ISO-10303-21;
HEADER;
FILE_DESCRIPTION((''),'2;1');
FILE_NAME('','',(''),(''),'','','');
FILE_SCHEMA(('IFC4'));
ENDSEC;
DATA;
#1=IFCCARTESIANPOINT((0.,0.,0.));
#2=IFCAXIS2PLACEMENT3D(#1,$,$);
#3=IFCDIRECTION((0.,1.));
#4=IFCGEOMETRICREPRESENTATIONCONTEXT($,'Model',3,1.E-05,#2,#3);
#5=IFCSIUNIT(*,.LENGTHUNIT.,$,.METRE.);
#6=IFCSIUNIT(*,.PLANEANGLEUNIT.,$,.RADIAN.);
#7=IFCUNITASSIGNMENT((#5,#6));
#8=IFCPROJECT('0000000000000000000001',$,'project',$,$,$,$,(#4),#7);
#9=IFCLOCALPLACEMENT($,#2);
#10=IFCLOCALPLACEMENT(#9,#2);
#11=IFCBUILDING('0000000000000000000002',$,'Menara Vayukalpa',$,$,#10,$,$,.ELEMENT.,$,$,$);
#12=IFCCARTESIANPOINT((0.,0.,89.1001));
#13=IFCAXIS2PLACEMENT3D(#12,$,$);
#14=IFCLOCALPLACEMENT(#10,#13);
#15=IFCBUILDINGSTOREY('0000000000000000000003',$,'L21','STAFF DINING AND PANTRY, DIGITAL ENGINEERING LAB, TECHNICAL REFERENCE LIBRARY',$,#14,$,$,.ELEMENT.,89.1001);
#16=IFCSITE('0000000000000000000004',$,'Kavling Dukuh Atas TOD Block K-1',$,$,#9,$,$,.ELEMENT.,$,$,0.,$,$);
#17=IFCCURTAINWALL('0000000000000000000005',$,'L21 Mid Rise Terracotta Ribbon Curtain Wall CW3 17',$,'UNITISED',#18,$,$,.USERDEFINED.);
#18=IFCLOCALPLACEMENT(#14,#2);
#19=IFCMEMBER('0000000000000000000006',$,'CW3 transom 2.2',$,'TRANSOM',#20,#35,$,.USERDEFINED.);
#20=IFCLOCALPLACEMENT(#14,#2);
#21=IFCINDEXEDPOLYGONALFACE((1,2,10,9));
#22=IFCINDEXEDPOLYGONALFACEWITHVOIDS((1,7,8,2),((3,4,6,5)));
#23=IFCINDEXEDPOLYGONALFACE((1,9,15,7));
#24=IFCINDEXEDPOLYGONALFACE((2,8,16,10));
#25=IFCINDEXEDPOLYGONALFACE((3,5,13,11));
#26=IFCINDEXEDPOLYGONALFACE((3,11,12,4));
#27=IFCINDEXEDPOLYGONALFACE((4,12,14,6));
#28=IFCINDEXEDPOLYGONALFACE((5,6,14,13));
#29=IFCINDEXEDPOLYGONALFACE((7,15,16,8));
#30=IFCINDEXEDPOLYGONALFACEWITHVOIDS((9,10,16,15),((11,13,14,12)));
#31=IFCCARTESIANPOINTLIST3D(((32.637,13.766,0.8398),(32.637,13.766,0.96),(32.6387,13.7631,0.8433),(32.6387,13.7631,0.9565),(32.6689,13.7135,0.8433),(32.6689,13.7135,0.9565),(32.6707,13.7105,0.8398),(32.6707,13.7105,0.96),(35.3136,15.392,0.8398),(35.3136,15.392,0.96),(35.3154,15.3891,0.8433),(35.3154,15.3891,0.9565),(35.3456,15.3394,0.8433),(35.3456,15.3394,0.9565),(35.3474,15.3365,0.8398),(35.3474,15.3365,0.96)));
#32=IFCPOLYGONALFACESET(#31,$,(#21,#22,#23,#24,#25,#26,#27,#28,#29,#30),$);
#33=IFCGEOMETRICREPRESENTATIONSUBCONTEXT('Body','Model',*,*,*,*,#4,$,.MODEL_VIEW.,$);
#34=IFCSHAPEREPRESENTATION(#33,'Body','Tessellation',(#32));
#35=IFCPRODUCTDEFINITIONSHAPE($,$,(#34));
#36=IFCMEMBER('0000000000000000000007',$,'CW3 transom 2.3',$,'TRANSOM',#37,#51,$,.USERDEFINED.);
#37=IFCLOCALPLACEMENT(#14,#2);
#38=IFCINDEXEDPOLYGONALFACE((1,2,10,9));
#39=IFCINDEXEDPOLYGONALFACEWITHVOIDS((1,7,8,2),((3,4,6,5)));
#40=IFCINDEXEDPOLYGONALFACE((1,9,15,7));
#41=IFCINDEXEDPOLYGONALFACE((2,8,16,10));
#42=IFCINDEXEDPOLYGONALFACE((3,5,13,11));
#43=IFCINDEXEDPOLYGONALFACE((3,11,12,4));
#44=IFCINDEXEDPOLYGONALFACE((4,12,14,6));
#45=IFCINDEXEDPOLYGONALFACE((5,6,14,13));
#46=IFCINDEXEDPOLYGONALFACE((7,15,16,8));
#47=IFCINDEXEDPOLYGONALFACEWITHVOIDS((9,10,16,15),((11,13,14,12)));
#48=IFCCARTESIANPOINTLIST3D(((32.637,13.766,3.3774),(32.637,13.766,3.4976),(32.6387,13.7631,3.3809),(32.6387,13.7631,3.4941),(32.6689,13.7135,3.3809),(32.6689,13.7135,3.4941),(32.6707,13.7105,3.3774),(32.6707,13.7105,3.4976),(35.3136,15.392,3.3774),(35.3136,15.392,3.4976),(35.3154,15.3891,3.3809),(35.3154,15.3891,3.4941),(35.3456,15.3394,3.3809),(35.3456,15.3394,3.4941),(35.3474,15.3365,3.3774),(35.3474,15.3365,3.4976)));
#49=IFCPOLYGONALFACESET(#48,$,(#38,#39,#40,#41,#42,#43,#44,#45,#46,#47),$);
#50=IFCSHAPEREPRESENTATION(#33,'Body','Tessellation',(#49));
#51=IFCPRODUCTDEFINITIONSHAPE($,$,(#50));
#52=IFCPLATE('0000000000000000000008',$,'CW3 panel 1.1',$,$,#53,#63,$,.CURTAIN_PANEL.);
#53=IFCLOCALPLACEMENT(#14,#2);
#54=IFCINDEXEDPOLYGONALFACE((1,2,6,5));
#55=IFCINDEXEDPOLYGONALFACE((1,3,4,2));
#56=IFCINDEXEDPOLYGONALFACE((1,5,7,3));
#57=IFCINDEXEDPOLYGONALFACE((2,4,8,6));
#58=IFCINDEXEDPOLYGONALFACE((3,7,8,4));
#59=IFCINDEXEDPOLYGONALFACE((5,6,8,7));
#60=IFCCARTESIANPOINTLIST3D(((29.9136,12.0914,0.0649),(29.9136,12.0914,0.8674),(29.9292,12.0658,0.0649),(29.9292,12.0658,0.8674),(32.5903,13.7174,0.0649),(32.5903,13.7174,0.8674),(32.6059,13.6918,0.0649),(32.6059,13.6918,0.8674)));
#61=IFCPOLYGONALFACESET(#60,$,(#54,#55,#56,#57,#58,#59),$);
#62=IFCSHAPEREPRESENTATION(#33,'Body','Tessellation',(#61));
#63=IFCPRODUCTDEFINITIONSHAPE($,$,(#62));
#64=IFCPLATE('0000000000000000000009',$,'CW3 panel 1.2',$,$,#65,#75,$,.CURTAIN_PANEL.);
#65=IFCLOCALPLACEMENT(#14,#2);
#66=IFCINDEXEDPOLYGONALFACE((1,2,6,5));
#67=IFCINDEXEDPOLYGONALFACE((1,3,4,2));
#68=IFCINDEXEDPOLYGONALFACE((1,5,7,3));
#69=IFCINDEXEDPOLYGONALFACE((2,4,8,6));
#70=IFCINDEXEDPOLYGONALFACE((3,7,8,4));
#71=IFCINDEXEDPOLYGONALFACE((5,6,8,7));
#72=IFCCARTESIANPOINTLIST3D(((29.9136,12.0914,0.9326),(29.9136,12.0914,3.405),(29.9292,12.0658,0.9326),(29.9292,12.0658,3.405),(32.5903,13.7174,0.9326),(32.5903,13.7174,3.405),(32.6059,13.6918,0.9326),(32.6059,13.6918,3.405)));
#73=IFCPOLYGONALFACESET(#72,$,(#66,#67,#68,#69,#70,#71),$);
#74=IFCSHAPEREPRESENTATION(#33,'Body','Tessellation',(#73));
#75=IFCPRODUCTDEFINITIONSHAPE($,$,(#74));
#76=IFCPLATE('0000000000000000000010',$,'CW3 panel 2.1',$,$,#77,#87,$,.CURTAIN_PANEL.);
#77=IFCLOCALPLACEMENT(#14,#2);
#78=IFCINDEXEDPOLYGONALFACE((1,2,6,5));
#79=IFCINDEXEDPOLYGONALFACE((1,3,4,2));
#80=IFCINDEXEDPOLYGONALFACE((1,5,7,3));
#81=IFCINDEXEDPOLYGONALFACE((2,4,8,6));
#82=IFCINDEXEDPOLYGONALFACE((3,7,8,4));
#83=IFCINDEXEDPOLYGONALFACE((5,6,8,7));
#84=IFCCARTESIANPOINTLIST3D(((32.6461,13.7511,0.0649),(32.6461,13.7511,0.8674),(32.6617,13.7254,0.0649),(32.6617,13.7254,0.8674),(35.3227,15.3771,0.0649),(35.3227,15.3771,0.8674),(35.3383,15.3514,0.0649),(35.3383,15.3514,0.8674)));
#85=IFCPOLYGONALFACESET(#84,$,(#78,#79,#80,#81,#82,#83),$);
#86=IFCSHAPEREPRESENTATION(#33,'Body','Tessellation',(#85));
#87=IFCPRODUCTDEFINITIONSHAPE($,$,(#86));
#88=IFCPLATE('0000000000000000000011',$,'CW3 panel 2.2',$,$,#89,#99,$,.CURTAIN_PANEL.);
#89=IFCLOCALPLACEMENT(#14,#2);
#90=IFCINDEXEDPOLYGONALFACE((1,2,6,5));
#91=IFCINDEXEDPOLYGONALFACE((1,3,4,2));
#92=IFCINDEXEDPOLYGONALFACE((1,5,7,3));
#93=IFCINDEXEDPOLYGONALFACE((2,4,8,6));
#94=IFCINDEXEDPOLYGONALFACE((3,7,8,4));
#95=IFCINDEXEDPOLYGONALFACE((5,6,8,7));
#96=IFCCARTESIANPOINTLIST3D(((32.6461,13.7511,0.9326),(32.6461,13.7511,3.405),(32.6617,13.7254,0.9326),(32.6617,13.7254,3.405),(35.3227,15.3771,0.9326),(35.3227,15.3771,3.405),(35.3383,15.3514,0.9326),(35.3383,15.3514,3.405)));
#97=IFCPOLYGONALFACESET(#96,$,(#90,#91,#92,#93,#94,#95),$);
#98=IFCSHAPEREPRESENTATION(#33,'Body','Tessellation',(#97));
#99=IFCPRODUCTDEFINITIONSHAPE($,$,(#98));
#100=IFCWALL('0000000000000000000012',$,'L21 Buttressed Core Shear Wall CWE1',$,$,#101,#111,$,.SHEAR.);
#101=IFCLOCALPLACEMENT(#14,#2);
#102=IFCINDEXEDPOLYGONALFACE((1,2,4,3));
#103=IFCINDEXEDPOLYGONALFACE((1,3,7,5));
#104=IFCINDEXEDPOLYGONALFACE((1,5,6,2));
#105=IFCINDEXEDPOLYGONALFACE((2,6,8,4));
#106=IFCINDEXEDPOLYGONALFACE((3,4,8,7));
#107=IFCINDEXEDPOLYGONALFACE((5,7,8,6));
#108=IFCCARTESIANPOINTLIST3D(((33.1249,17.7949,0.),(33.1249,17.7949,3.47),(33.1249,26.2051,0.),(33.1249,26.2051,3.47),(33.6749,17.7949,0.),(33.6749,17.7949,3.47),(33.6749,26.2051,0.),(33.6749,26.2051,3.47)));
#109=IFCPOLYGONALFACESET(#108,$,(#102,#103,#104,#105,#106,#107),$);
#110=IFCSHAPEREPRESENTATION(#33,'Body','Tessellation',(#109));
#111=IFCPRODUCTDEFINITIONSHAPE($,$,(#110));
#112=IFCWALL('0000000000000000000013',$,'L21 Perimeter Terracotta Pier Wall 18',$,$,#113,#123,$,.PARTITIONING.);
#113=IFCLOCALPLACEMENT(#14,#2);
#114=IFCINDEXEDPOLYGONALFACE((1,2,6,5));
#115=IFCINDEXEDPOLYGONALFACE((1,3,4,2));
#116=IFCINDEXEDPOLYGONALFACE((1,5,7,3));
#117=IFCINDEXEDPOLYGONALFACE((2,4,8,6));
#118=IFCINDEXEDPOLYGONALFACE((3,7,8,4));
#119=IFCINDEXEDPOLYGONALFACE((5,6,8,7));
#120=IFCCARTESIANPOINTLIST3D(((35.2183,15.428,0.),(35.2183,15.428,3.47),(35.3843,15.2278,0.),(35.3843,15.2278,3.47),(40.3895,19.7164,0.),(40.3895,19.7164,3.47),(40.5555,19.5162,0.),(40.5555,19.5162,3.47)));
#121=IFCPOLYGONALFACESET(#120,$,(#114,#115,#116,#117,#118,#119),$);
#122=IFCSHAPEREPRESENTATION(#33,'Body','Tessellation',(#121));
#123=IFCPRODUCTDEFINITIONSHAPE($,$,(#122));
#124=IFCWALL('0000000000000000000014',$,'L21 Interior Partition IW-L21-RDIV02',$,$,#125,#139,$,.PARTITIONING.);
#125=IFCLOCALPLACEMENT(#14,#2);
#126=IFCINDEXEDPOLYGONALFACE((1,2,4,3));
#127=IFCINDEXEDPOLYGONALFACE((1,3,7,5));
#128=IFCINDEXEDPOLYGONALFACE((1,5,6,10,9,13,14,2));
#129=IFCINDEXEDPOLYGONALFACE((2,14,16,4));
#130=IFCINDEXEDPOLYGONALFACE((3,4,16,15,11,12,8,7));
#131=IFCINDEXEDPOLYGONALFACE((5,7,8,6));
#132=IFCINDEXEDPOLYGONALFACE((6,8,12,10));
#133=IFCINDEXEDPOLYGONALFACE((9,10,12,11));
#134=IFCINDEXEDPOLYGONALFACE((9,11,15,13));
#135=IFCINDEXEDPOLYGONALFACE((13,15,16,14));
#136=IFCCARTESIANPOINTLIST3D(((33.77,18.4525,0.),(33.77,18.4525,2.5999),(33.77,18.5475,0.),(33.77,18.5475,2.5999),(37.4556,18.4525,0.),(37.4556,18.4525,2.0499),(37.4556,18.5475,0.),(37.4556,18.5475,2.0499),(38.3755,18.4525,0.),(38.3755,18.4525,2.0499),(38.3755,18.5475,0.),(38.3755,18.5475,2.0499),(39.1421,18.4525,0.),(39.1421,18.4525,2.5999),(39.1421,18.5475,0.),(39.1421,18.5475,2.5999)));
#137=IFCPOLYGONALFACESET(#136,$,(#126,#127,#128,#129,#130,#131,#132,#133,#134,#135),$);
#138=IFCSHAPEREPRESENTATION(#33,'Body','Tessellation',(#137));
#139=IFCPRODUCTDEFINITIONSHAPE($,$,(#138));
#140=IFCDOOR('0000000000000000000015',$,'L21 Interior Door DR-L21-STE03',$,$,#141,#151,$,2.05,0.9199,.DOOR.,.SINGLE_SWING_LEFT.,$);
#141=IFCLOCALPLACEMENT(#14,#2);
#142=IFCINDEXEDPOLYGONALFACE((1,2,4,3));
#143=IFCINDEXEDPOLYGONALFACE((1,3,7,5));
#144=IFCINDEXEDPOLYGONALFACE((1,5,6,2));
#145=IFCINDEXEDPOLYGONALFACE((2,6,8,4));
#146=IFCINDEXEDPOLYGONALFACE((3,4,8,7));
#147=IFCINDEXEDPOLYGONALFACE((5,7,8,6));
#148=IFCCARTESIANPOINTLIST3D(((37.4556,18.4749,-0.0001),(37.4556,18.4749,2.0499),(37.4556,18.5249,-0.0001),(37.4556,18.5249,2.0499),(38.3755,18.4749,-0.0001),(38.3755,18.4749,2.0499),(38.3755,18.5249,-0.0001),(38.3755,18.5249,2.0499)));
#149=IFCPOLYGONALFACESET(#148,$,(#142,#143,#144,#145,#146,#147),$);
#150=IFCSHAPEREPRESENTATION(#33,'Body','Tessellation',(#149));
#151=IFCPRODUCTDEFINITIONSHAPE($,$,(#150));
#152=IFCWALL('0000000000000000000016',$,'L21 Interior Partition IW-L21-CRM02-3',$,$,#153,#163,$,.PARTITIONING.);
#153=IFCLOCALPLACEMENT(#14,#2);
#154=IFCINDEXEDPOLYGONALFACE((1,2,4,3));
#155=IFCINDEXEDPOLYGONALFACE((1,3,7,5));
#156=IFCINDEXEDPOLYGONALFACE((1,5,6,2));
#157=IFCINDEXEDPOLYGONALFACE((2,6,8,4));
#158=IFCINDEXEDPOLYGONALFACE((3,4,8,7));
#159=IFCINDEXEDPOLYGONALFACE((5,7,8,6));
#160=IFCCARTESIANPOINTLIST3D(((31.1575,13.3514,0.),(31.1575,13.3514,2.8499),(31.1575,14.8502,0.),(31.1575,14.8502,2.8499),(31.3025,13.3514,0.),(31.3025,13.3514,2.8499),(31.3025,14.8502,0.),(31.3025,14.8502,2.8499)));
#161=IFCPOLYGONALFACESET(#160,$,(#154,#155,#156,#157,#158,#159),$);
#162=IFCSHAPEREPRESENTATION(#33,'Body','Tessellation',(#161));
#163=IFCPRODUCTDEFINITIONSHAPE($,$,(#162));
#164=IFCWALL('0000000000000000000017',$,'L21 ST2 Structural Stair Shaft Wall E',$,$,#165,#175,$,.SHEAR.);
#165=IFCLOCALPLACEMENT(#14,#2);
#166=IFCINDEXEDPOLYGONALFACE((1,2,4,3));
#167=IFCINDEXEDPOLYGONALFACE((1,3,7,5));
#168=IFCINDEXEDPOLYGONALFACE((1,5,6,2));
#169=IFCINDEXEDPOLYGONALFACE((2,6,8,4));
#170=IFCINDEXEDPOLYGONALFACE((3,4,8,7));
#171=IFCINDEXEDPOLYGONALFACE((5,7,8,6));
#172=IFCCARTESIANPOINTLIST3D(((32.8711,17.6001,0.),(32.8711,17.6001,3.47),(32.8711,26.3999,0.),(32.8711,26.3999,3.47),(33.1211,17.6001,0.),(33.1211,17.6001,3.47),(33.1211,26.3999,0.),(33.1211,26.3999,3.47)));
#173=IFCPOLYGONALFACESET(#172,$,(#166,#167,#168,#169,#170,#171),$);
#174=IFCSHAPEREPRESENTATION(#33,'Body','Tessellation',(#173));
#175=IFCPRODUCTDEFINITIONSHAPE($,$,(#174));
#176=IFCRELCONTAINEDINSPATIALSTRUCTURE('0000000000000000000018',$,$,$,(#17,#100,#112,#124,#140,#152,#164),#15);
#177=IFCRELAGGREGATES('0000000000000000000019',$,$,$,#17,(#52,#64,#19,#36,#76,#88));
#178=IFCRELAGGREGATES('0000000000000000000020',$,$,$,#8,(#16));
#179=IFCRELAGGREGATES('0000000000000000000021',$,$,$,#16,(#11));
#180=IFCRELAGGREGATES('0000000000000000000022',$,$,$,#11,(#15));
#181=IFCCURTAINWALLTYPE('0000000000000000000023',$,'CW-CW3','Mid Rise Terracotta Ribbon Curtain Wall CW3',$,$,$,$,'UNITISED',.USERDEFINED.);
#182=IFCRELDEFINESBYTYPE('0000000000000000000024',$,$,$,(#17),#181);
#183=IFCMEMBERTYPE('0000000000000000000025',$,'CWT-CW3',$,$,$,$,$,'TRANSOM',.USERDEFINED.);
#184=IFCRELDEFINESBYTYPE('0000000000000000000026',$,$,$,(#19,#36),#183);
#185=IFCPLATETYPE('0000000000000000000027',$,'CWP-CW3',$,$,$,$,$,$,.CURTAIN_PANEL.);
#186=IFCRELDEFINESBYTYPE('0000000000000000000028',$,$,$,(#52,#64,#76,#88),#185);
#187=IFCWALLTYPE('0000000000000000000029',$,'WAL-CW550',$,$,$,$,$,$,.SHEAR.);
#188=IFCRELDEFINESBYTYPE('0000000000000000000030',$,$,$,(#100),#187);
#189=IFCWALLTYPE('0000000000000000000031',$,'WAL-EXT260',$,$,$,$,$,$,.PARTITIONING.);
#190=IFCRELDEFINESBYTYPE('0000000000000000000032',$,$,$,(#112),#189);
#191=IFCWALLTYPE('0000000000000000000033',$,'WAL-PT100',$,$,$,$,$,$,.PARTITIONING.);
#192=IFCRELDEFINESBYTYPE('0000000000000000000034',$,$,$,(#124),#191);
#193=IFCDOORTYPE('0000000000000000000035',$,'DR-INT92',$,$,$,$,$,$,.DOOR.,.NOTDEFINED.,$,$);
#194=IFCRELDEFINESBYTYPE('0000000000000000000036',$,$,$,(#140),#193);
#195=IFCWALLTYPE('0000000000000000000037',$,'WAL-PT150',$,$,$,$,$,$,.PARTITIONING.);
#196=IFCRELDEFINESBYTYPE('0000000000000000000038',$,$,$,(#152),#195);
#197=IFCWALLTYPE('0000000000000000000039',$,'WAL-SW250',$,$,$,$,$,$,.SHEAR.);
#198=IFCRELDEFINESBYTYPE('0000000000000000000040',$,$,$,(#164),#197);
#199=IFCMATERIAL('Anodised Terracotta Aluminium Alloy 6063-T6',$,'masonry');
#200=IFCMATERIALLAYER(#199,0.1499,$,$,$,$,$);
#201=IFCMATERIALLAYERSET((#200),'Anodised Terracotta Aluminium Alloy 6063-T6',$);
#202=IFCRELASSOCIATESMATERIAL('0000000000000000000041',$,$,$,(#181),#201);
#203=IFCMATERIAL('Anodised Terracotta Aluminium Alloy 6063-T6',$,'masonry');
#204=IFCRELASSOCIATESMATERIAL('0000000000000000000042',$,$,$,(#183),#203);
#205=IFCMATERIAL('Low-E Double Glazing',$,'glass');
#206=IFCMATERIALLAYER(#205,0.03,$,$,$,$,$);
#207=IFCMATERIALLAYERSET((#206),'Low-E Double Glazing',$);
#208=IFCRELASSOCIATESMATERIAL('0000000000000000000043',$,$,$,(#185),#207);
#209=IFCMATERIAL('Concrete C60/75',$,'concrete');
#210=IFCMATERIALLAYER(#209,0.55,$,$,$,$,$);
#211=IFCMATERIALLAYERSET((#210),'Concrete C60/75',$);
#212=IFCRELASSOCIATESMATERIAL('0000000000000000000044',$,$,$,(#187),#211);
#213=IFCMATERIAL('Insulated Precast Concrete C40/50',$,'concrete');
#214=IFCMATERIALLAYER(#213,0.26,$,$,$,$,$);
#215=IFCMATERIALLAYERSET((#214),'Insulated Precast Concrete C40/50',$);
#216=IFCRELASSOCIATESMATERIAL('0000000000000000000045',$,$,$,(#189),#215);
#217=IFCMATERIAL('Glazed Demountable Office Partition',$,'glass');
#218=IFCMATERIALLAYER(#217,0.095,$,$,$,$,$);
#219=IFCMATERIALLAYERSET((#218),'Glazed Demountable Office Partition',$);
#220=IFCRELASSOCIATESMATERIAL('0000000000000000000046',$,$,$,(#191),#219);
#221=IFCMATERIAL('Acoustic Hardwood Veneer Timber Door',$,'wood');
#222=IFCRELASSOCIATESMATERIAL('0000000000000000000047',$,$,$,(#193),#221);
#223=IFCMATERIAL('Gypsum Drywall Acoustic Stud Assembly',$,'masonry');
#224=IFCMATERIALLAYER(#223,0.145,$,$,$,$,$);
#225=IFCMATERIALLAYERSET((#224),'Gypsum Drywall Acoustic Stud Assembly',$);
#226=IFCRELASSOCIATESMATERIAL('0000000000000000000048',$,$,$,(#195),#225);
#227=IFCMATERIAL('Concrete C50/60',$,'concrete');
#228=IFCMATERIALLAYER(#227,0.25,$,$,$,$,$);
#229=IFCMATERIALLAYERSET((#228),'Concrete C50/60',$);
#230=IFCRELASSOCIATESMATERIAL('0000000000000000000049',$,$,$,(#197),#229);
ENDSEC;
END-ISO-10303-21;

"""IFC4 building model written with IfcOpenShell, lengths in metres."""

from ifc_helpers import new_model, si_unit, direction, frame, frame_2d, origin, origin_2d, place, context, subcontext, project, spatial, rectangle, hollow_rectangle, extrude, material, layer, layer_set, material_profile, profile_set, type_object, element, fill, aggregate, save


model = new_model("IFC4")

# Units and contexts
model_context = context("Model", 3, precision=1e-05, world=origin(), true_north=direction((0.0, 1.0)))
body_context = subcontext(model_context, "Body", "Model", "MODEL_VIEW")
ifc_project = project(units=[si_unit("LENGTHUNIT", "METRE"), si_unit("PLANEANGLEUNIT", "RADIAN")], contexts=[model_context])

# Site, building, storey
site_placement = place(None, origin())
site = spatial("IfcSite", under=ifc_project, at=site_placement, Name="Kavling Dukuh Atas TOD Block K-1", CompositionType="ELEMENT", RefElevation=0.0)
building_placement = place(site_placement, origin())
building = spatial("IfcBuilding", under=site, at=building_placement, Name="Menara Vayukalpa", CompositionType="ELEMENT")
storey_placement = place(building_placement, frame((0.0, 0.0, 89.1001)))
storey = spatial("IfcBuildingStorey", under=building, at=storey_placement, Name="L21", Description="STAFF DINING AND PANTRY, DIGITAL ENGINEERING LAB, TECHNICAL REFERENCE LIBRARY", CompositionType="ELEMENT", Elevation=89.1001)

# Curtain wall, members, plates
ifc_material_1 = material(Name="Anodised Terracotta Aluminium Alloy 6063-T6", Category="masonry")
ifc_layer_1 = layer(ifc_material_1, 0.1499)
ifc_layer_set_1 = layer_set([ifc_layer_1], Name="Anodised Terracotta Aluminium Alloy 6063-T6")
curtain_wall_type = type_object("IfcCurtainWallType", Name="CW-CW3", Description="Mid Rise Terracotta Ribbon Curtain Wall CW3", ElementType="UNITISED", PredefinedType="USERDEFINED", material=ifc_layer_set_1)
curtain_wall_placement = place(storey_placement, origin())
curtain_wall = element("IfcCurtainWall", 1, at=curtain_wall_placement, inside=storey, type_object=curtain_wall_type, Name="L21 Mid Rise Terracotta Ribbon Curtain Wall CW3 17", ObjectType="UNITISED", PredefinedType="USERDEFINED")
ifc_material_2 = material(Name="Anodised Terracotta Aluminium Alloy 6063-T6", Category="masonry")
ifc_material_profile_1 = material_profile(ifc_material_2, hollow_rectangle(XDim=0.0649, YDim=0.1201, WallThickness=0.0034, at=origin_2d()), Name="ALU 65x120x3.5")
ifc_profile_set_1 = profile_set([ifc_material_profile_1], Name="Anodised Terracotta Aluminium Alloy 6063-T6")
member_type_1 = type_object("IfcMemberType", Name="CWT-CW3", ElementType="TRANSOM", PredefinedType="USERDEFINED", material=ifc_profile_set_1)
member_1_placement = place(storey_placement, frame((32.6538, 13.7383, 0.8999), z_axis=(0.854674, 0.519165, 0.0), x_axis=(-0.519165, 0.854674, 0.0)))
member_1 = element("IfcMember", 2, at=member_1_placement, type_object=member_type_1, Name="CW3 transom 2.2", ObjectType="TRANSOM", PredefinedType="USERDEFINED", context=body_context, shape_type="SweptSolid", body=[
    extrude(hollow_rectangle(XDim=0.0649, YDim=0.1201, WallThickness=0.0034, at=origin_2d()), origin(), (0.0, 0.0, 1.0), 3.1318),
])
member_2_placement = place(storey_placement, frame((32.6538, 13.7383, 3.4375), z_axis=(0.854674, 0.519165, 0.0), x_axis=(-0.519165, 0.854674, 0.0)))
member_2 = element("IfcMember", 3, at=member_2_placement, type_object=member_type_1, Name="CW3 transom 2.3", ObjectType="TRANSOM", PredefinedType="USERDEFINED", context=body_context, shape_type="SweptSolid", body=[
    extrude(hollow_rectangle(XDim=0.0649, YDim=0.1201, WallThickness=0.0034, at=origin_2d()), origin(), (0.0, 0.0, 1.0), 3.1318),
])
ifc_material_3 = material(Name="Low-E Double Glazing", Category="glass")
ifc_layer_2 = layer(ifc_material_3, 0.03)
ifc_layer_set_2 = layer_set([ifc_layer_2], Name="Low-E Double Glazing")
plate_type = type_object("IfcPlateType", Name="CWP-CW3", PredefinedType="CURTAIN_PANEL", material=ifc_layer_set_2)
plate_1_placement = place(storey_placement, frame((31.2598, 12.8916, 0.0649), z_axis=(0.0, 0.0, 1.0), x_axis=(0.854663, 0.519183, 0.0)))
plate_1 = element("IfcPlate", 4, at=plate_1_placement, type_object=plate_type, Name="CW3 panel 1.1", PredefinedType="CURTAIN_PANEL", context=body_context, shape_type="SweptSolid", body=[
    extrude(rectangle(XDim=3.1318, YDim=0.03, at=origin_2d()), origin(), (0.0, 0.0, 1.0), 0.8025),
])
plate_2_placement = place(storey_placement, frame((31.2598, 12.8916, 0.9326), z_axis=(0.0, 0.0, 1.0), x_axis=(0.854663, 0.519183, 0.0)))
plate_2 = element("IfcPlate", 5, at=plate_2_placement, type_object=plate_type, Name="CW3 panel 1.2", PredefinedType="CURTAIN_PANEL", context=body_context, shape_type="SweptSolid", body=[
    extrude(rectangle(XDim=3.1318, YDim=0.03, at=origin_2d()), origin(), (0.0, 0.0, 1.0), 2.4724),
])
plate_3_placement = place(storey_placement, frame((33.9922, 14.5513, 0.0649), z_axis=(0.0, 0.0, 1.0), x_axis=(0.854663, 0.519183, 0.0)))
plate_3 = element("IfcPlate", 6, at=plate_3_placement, type_object=plate_type, Name="CW3 panel 2.1", PredefinedType="CURTAIN_PANEL", context=body_context, shape_type="SweptSolid", body=[
    extrude(rectangle(XDim=3.1318, YDim=0.03, at=origin_2d()), origin(), (0.0, 0.0, 1.0), 0.8025),
])
plate_4_placement = place(storey_placement, frame((33.9922, 14.5513, 0.9326), z_axis=(0.0, 0.0, 1.0), x_axis=(0.854663, 0.519183, 0.0)))
plate_4 = element("IfcPlate", 7, at=plate_4_placement, type_object=plate_type, Name="CW3 panel 2.2", PredefinedType="CURTAIN_PANEL", context=body_context, shape_type="SweptSolid", body=[
    extrude(rectangle(XDim=3.1318, YDim=0.03, at=origin_2d()), origin(), (0.0, 0.0, 1.0), 2.4724),
])
aggregate(curtain_wall, [plate_1, plate_2, member_1, member_2, plate_3, plate_4])

# Walls
ifc_material_4 = material(Name="Concrete C60/75", Category="concrete")
ifc_layer_3 = layer(ifc_material_4, 0.55)
ifc_layer_set_3 = layer_set([ifc_layer_3], Name="Concrete C60/75")
wall_type_1 = type_object("IfcWallType", Name="WAL-CW550", PredefinedType="SHEAR", material=ifc_layer_set_3)
wall_1_placement = place(storey_placement, frame((33.3999, 17.7949, 0.0), z_axis=(0.0, 0.0, 1.0), x_axis=(0.0, 1.0, 0.0)))
element("IfcWall", 8, at=wall_1_placement, inside=storey, type_object=wall_type_1, Name="L21 Buttressed Core Shear Wall CWE1", PredefinedType="SHEAR", context=body_context, shape_type="SweptSolid", body=[
    extrude(rectangle(XDim=8.4102, YDim=0.55, at=frame_2d((4.2051, 0.0))), origin(), (0.0, 0.0, 1.0), 3.47),
])
ifc_material_5 = material(Name="Insulated Precast Concrete C40/50", Category="concrete")
ifc_layer_4 = layer(ifc_material_5, 0.26)
ifc_layer_set_4 = layer_set([ifc_layer_4], Name="Insulated Precast Concrete C40/50")
wall_type_2 = type_object("IfcWallType", Name="WAL-EXT260", PredefinedType="PARTITIONING", material=ifc_layer_set_4)
wall_2_placement = place(storey_placement, frame((40.4724, 19.6162, 0.0), z_axis=(0.0, 0.0, 1.0), x_axis=(-0.769753, -0.638342, 0.0)))
element("IfcWall", 9, at=wall_2_placement, inside=storey, type_object=wall_type_2, Name="L21 Perimeter Terracotta Pier Wall 18", PredefinedType="PARTITIONING", context=body_context, shape_type="SweptSolid", body=[
    extrude(rectangle(XDim=6.718, YDim=0.26, at=frame_2d((3.3589, 0.0))), origin(), (0.0, 0.0, 1.0), 3.47),
])

# Wall, opening, door
ifc_material_6 = material(Name="Glazed Demountable Office Partition", Category="glass")
ifc_layer_5 = layer(ifc_material_6, 0.095)
ifc_layer_set_5 = layer_set([ifc_layer_5], Name="Glazed Demountable Office Partition")
wall_type_3 = type_object("IfcWallType", Name="WAL-PT100", PredefinedType="PARTITIONING", material=ifc_layer_set_5)
wall_3_placement = place(storey_placement, frame((33.77, 18.5, 0.0), z_axis=(0.0, 0.0, 1.0), x_axis=(1.0, 0.0, 0.0)))
wall_3 = element("IfcWall", 10, at=wall_3_placement, inside=storey, type_object=wall_type_3, Name="L21 Interior Partition IW-L21-RDIV02", PredefinedType="PARTITIONING", context=body_context, shape_type="SweptSolid", body=[
    extrude(rectangle(XDim=5.3721, YDim=0.095, at=frame_2d((2.686, 0.0))), origin(), (0.0, 0.0, 1.0), 2.5999),
])
opening_placement = place(wall_3_placement, frame((3.6855, 0.0, 0.0)))
opening = element("IfcOpeningElement", 11, at=opening_placement, cuts=wall_3, PredefinedType="OPENING", context=body_context, shape_type="SweptSolid", body=[
    extrude(rectangle(XDim=0.9199, YDim=2.05, at=frame_2d((0.46, 1.0249))), frame((0.0, 0.0574, 0.0), z_axis=(0.0, -1.0, 0.0), x_axis=(1.0, 0.0, 0.0)), (0.0, 0.0, 1.0), 0.115),
])
ifc_material_7 = material(Name="Acoustic Hardwood Veneer Timber Door", Category="wood")
door_type = type_object("IfcDoorType", Name="DR-INT92", OperationType="NOTDEFINED", PredefinedType="DOOR", material=ifc_material_7)
door_placement = place(opening_placement, origin())
door = element("IfcDoor", 12, at=door_placement, inside=storey, type_object=door_type, Name="L21 Interior Door DR-L21-STE03", OperationType="SINGLE_SWING_LEFT", OverallHeight=2.05, OverallWidth=0.9199, PredefinedType="DOOR", context=body_context, shape_type="SweptSolid", body=[
    extrude(rectangle(XDim=0.9199, YDim=2.05, at=frame_2d((0.46, 1.0249))), frame((0.0, 0.0249, 0.0), z_axis=(0.0, -1.0, 0.0), x_axis=(1.0, 0.0, 0.0)), (0.0, 0.0, 1.0), 0.05),
])
fill(opening, door)

# Walls
ifc_material_8 = material(Name="Gypsum Drywall Acoustic Stud Assembly", Category="masonry")
ifc_layer_6 = layer(ifc_material_8, 0.145)
ifc_layer_set_6 = layer_set([ifc_layer_6], Name="Gypsum Drywall Acoustic Stud Assembly")
wall_type_4 = type_object("IfcWallType", Name="WAL-PT150", PredefinedType="PARTITIONING", material=ifc_layer_set_6)
wall_4_placement = place(storey_placement, frame((31.23, 13.3513, 0.0), z_axis=(0.0, 0.0, 1.0), x_axis=(0.0, 1.0, 0.0)))
element("IfcWall", 13, at=wall_4_placement, inside=storey, type_object=wall_type_4, Name="L21 Interior Partition IW-L21-CRM02-3", PredefinedType="PARTITIONING", context=body_context, shape_type="SweptSolid", body=[
    extrude(rectangle(XDim=1.4988, YDim=0.145, at=frame_2d((0.7495, 0.0))), origin(), (0.0, 0.0, 1.0), 2.8499),
])
ifc_material_9 = material(Name="Concrete C50/60", Category="concrete")
ifc_layer_7 = layer(ifc_material_9, 0.25)
ifc_layer_set_7 = layer_set([ifc_layer_7], Name="Concrete C50/60")
wall_type_5 = type_object("IfcWallType", Name="WAL-SW250", PredefinedType="SHEAR", material=ifc_layer_set_7)
wall_5_placement = place(storey_placement, frame((32.9961, 17.6001, 0.0), z_axis=(0.0, 0.0, 1.0), x_axis=(0.0, 1.0, 0.0)))
element("IfcWall", 14, at=wall_5_placement, inside=storey, type_object=wall_type_5, Name="L21 ST2 Structural Stair Shaft Wall E", PredefinedType="SHEAR", context=body_context, shape_type="SweptSolid", body=[
    extrude(rectangle(XDim=8.7998, YDim=0.25, at=frame_2d((4.3999, 0.0))), origin(), (0.0, 0.0, 1.0), 3.47),
])

save(model, "model.ifc")
